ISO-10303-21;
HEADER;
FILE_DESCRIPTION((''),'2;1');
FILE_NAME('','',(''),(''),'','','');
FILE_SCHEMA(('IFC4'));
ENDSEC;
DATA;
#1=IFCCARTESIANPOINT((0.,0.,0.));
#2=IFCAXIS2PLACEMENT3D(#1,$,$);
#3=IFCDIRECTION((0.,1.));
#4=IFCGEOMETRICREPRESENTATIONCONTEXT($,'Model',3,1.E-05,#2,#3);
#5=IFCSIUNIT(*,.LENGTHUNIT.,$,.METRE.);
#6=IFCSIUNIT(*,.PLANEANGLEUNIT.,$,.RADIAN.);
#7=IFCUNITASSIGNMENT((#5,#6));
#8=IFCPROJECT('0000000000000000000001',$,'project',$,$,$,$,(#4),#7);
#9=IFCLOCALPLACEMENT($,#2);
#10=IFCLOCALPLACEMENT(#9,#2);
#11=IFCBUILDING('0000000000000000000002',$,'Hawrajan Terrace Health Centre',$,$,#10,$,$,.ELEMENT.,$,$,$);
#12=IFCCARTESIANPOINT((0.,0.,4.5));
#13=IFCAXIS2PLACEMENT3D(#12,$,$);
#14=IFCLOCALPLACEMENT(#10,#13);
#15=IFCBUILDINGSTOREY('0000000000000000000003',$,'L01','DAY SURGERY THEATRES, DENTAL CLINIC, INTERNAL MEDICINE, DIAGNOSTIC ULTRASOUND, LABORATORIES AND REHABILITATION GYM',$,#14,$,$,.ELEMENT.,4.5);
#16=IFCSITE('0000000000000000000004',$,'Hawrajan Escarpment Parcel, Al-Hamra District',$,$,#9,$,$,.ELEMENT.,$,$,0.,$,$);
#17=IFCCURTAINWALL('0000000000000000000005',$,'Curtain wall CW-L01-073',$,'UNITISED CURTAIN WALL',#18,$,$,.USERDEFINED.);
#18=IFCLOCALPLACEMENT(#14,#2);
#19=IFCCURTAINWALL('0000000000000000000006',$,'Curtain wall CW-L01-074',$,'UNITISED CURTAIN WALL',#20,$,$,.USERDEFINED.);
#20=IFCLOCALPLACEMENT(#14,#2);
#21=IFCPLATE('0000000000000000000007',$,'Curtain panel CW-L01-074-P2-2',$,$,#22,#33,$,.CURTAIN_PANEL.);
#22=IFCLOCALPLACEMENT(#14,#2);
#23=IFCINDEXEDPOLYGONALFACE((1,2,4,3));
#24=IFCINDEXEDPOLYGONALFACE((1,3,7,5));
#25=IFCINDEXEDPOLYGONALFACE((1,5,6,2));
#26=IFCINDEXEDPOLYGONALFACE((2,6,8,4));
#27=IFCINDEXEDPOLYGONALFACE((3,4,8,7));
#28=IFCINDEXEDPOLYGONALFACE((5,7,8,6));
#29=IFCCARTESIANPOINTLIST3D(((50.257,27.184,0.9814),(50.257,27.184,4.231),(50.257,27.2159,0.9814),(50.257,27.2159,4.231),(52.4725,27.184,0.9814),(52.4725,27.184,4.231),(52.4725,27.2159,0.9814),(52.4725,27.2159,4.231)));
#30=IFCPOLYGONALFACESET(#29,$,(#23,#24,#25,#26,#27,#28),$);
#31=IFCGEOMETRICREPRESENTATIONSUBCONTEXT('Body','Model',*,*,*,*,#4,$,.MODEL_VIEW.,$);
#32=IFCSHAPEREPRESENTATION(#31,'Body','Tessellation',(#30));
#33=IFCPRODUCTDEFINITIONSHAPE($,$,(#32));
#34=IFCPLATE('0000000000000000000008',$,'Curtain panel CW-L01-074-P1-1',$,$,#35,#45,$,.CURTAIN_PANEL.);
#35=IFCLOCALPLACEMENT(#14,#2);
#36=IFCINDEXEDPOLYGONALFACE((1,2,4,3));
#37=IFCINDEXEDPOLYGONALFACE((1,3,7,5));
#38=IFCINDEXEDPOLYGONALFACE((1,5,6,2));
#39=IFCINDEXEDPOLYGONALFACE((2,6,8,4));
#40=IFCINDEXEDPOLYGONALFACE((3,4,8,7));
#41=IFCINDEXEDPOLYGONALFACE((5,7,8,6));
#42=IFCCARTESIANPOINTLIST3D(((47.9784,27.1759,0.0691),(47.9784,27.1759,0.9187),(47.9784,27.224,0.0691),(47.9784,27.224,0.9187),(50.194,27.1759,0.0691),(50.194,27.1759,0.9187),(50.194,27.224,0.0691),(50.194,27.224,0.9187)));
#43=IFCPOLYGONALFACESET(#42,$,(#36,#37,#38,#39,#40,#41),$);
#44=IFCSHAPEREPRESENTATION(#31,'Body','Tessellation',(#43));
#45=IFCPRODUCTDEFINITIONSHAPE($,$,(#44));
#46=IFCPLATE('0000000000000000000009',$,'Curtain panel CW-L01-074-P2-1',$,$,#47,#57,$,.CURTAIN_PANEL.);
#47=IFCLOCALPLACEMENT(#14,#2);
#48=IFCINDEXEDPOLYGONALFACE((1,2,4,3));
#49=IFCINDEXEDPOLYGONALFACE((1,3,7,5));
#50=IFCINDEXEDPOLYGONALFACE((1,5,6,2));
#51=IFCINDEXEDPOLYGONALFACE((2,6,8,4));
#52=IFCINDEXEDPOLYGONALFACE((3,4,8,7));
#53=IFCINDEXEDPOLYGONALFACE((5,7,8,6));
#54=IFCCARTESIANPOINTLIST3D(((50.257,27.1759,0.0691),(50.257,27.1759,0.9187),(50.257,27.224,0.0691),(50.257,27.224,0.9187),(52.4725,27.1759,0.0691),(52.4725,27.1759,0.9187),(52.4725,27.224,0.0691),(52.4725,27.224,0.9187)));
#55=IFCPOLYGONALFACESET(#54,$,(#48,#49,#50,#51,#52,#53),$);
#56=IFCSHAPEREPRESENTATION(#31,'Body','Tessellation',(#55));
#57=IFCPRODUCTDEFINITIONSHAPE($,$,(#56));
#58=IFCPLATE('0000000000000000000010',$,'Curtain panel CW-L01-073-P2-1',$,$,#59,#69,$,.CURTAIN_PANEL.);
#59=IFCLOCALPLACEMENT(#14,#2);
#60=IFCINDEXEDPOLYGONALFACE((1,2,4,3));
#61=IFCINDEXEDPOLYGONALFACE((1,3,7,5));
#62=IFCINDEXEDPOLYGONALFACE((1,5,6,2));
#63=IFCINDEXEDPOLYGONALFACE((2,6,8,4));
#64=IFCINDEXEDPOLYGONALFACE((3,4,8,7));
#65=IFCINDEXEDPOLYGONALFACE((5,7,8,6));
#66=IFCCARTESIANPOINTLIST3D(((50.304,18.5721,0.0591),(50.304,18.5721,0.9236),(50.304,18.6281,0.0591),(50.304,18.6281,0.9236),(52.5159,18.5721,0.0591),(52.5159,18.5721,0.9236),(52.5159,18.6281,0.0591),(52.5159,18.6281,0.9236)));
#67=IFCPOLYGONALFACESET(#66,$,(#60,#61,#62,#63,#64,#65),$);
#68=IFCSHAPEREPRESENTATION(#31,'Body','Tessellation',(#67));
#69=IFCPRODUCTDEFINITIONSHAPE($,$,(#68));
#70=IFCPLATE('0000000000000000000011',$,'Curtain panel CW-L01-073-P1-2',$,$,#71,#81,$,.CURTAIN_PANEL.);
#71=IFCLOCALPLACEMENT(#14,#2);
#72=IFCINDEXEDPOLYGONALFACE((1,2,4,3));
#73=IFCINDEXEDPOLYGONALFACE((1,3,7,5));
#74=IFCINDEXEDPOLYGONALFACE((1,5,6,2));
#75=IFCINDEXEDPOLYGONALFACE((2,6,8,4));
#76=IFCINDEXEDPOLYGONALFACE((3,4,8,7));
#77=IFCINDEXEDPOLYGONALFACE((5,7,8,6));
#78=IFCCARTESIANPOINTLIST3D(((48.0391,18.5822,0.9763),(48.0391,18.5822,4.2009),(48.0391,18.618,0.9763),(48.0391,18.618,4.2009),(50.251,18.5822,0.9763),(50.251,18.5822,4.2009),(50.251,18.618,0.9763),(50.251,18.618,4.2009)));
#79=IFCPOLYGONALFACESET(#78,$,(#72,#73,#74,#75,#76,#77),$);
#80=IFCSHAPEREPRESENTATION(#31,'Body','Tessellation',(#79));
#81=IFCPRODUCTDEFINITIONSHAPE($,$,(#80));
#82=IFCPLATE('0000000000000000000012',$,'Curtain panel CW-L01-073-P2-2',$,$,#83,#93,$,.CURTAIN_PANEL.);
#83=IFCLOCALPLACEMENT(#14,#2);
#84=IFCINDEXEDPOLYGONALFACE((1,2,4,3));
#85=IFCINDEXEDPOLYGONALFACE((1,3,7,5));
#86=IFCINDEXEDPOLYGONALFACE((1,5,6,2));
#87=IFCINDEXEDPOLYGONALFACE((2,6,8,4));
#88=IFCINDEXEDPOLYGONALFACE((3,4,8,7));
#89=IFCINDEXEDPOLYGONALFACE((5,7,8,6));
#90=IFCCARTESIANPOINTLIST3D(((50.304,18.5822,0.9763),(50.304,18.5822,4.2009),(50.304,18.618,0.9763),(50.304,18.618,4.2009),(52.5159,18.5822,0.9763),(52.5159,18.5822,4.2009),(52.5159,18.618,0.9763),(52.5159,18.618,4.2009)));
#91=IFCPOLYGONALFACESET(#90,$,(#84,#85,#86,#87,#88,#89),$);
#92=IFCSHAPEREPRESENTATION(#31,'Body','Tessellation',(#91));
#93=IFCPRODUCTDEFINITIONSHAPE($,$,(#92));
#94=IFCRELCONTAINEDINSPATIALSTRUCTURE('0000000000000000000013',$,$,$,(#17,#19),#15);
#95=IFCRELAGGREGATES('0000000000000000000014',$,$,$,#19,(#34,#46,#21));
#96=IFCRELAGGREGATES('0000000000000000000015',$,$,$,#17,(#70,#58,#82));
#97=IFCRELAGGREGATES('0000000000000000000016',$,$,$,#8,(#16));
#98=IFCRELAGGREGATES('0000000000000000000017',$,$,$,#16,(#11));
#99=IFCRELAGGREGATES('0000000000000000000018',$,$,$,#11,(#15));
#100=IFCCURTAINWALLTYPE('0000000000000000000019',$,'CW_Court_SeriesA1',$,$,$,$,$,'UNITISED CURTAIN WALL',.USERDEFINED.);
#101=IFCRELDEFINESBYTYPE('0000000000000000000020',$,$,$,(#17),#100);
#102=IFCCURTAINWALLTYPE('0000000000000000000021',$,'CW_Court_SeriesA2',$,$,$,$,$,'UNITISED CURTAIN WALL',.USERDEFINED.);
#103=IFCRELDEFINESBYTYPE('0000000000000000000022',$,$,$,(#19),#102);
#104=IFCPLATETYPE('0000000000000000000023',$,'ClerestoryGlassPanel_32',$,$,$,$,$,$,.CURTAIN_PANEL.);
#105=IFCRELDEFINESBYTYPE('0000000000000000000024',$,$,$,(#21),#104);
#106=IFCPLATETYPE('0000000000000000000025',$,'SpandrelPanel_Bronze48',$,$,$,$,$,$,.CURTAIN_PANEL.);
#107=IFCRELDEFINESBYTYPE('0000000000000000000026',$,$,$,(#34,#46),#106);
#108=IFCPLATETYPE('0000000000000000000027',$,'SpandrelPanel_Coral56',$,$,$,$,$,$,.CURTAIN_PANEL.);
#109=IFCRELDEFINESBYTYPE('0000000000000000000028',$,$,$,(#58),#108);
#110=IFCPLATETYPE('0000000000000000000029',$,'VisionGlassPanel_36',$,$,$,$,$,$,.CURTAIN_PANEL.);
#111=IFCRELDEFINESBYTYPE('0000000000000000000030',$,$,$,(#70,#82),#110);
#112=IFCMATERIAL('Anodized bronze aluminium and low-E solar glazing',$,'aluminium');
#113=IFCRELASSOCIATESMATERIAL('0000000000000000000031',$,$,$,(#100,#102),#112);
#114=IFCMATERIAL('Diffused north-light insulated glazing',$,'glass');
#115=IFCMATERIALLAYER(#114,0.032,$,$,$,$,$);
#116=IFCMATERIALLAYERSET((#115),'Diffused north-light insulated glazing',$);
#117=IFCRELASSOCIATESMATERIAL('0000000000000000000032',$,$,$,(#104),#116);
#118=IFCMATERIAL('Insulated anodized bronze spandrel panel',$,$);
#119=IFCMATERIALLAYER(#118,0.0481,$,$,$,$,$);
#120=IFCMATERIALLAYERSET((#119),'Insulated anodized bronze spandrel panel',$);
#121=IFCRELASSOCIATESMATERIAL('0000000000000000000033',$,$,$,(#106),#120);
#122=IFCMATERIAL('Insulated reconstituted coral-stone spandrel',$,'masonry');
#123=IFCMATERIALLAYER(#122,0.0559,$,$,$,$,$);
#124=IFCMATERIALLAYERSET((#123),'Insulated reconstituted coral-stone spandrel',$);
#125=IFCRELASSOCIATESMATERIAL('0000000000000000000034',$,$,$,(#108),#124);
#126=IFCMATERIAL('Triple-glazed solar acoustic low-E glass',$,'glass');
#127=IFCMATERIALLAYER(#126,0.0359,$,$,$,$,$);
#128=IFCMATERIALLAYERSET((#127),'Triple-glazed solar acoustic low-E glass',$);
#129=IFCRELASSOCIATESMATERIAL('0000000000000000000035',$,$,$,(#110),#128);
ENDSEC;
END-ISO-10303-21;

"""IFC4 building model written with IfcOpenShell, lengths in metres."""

from ifc_helpers import new_model, si_unit, direction, frame, origin, origin_2d, place, context, subcontext, project, spatial, rectangle, extrude, material, layer, layer_set, type_object, element, aggregate, save


model = new_model("IFC4")

# Units and contexts
model_context = context("Model", 3, precision=1e-05, world=origin(), true_north=direction((0.0, 1.0)))
body_context = subcontext(model_context, "Body", "Model", "MODEL_VIEW")
ifc_project = project(units=[si_unit("LENGTHUNIT", "METRE"), si_unit("PLANEANGLEUNIT", "RADIAN")], contexts=[model_context])

# Site, building, storey
site_placement = place(None, origin())
site = spatial("IfcSite", under=ifc_project, at=site_placement, Name="Hawrajan Escarpment Parcel, Al-Hamra District", CompositionType="ELEMENT", RefElevation=0.0)
building_placement = place(site_placement, origin())
building = spatial("IfcBuilding", under=site, at=building_placement, Name="Hawrajan Terrace Health Centre", CompositionType="ELEMENT")
storey_placement = place(building_placement, frame((0.0, 0.0, 4.5)))
storey = spatial("IfcBuildingStorey", under=building, at=storey_placement, Name="L01", Description="DAY SURGERY THEATRES, DENTAL CLINIC, INTERNAL MEDICINE, DIAGNOSTIC ULTRASOUND, LABORATORIES AND REHABILITATION GYM", CompositionType="ELEMENT", Elevation=4.5)

# Curtain wall
ifc_material_1 = material(Name="Anodized bronze aluminium and low-E solar glazing", Category="aluminium")
curtain_wall_type_1 = type_object("IfcCurtainWallType", Name="CW_Court_SeriesA1", ElementType="UNITISED CURTAIN WALL", PredefinedType="USERDEFINED", material=ifc_material_1)
curtain_wall_1_placement = place(storey_placement, origin())
curtain_wall_1 = element("IfcCurtainWall", 1, at=curtain_wall_1_placement, inside=storey, type_object=curtain_wall_type_1, Name="Curtain wall CW-L01-073", ObjectType="UNITISED CURTAIN WALL", PredefinedType="USERDEFINED")

# Curtain wall
curtain_wall_type_2 = type_object("IfcCurtainWallType", Name="CW_Court_SeriesA2", ElementType="UNITISED CURTAIN WALL", PredefinedType="USERDEFINED", material=ifc_material_1)
curtain_wall_2_placement = place(storey_placement, origin())
curtain_wall_2 = element("IfcCurtainWall", 2, at=curtain_wall_2_placement, inside=storey, type_object=curtain_wall_type_2, Name="Curtain wall CW-L01-074", ObjectType="UNITISED CURTAIN WALL", PredefinedType="USERDEFINED")

# Plates
ifc_material_2 = material(Name="Diffused north-light insulated glazing", Category="glass")
ifc_layer_1 = layer(ifc_material_2, 0.032)
ifc_layer_set_1 = layer_set([ifc_layer_1], Name="Diffused north-light insulated glazing")
plate_type_1 = type_object("IfcPlateType", Name="ClerestoryGlassPanel_32", PredefinedType="CURTAIN_PANEL", material=ifc_layer_set_1)
plate_1_placement = place(storey_placement, frame((51.3647, 27.2, 0.9814), z_axis=(0.0, 0.0, 1.0), x_axis=(1.0, 0.0, 0.0)))
plate_1 = element("IfcPlate", 3, at=plate_1_placement, type_object=plate_type_1, Name="Curtain panel CW-L01-074-P2-2", PredefinedType="CURTAIN_PANEL", context=body_context, shape_type="SweptSolid", body=[
    extrude(rectangle(XDim=2.2156, YDim=0.032, at=origin_2d()), origin(), (0.0, 0.0, 1.0), 3.2495),
])
ifc_material_3 = material(Name="Insulated anodized bronze spandrel panel")
ifc_layer_2 = layer(ifc_material_3, 0.0481)
ifc_layer_set_2 = layer_set([ifc_layer_2], Name="Insulated anodized bronze spandrel panel")
plate_type_2 = type_object("IfcPlateType", Name="SpandrelPanel_Bronze48", PredefinedType="CURTAIN_PANEL", material=ifc_layer_set_2)
plate_2_placement = place(storey_placement, frame((49.0862, 27.2, 0.0691), z_axis=(0.0, 0.0, 1.0), x_axis=(1.0, 0.0, 0.0)))
plate_2 = element("IfcPlate", 4, at=plate_2_placement, type_object=plate_type_2, Name="Curtain panel CW-L01-074-P1-1", PredefinedType="CURTAIN_PANEL", context=body_context, shape_type="SweptSolid", body=[
    extrude(rectangle(XDim=2.2156, YDim=0.0481, at=origin_2d()), origin(), (0.0, 0.0, 1.0), 0.8496),
])
plate_3_placement = place(storey_placement, frame((51.3647, 27.2, 0.0691), z_axis=(0.0, 0.0, 1.0), x_axis=(1.0, 0.0, 0.0)))
plate_3 = element("IfcPlate", 5, at=plate_3_placement, type_object=plate_type_2, Name="Curtain panel CW-L01-074-P2-1", PredefinedType="CURTAIN_PANEL", context=body_context, shape_type="SweptSolid", body=[
    extrude(rectangle(XDim=2.2156, YDim=0.0481, at=origin_2d()), origin(), (0.0, 0.0, 1.0), 0.8496),
])
aggregate(curtain_wall_2, [plate_2, plate_3, plate_1])
ifc_material_4 = material(Name="Insulated reconstituted coral-stone spandrel", Category="masonry")
ifc_layer_3 = layer(ifc_material_4, 0.0559)
ifc_layer_set_3 = layer_set([ifc_layer_3], Name="Insulated reconstituted coral-stone spandrel")
plate_type_3 = type_object("IfcPlateType", Name="SpandrelPanel_Coral56", PredefinedType="CURTAIN_PANEL", material=ifc_layer_set_3)
plate_4_placement = place(storey_placement, frame((51.4099, 18.6001, 0.0591), z_axis=(0.0, 0.0, 1.0), x_axis=(1.0, 0.0, 0.0)))
plate_4 = element("IfcPlate", 6, at=plate_4_placement, type_object=plate_type_3, Name="Curtain panel CW-L01-073-P2-1", PredefinedType="CURTAIN_PANEL", context=body_context, shape_type="SweptSolid", body=[
    extrude(rectangle(XDim=2.2119, YDim=0.0559, at=origin_2d()), origin(), (0.0, 0.0, 1.0), 0.8645),
])
ifc_material_5 = material(Name="Triple-glazed solar acoustic low-E glass", Category="glass")
ifc_layer_4 = layer(ifc_material_5, 0.0359)
ifc_layer_set_4 = layer_set([ifc_layer_4], Name="Triple-glazed solar acoustic low-E glass")
plate_type_4 = type_object("IfcPlateType", Name="VisionGlassPanel_36", PredefinedType="CURTAIN_PANEL", material=ifc_layer_set_4)
plate_5_placement = place(storey_placement, frame((49.145, 18.6001, 0.9763), z_axis=(0.0, 0.0, 1.0), x_axis=(1.0, 0.0, 0.0)))
plate_5 = element("IfcPlate", 7, at=plate_5_placement, type_object=plate_type_4, Name="Curtain panel CW-L01-073-P1-2", PredefinedType="CURTAIN_PANEL", context=body_context, shape_type="SweptSolid", body=[
    extrude(rectangle(XDim=2.2119, YDim=0.0359, at=origin_2d()), origin(), (0.0, 0.0, 1.0), 3.2246),
])
plate_6_placement = place(storey_placement, frame((51.4099, 18.6001, 0.9763), z_axis=(0.0, 0.0, 1.0), x_axis=(1.0, 0.0, 0.0)))
plate_6 = element("IfcPlate", 8, at=plate_6_placement, type_object=plate_type_4, Name="Curtain panel CW-L01-073-P2-2", PredefinedType="CURTAIN_PANEL", context=body_context, shape_type="SweptSolid", body=[
    extrude(rectangle(XDim=2.2119, YDim=0.0359, at=origin_2d()), origin(), (0.0, 0.0, 1.0), 3.2246),
])
aggregate(curtain_wall_1, [plate_5, plate_4, plate_6])

save(model, "model.ifc")
